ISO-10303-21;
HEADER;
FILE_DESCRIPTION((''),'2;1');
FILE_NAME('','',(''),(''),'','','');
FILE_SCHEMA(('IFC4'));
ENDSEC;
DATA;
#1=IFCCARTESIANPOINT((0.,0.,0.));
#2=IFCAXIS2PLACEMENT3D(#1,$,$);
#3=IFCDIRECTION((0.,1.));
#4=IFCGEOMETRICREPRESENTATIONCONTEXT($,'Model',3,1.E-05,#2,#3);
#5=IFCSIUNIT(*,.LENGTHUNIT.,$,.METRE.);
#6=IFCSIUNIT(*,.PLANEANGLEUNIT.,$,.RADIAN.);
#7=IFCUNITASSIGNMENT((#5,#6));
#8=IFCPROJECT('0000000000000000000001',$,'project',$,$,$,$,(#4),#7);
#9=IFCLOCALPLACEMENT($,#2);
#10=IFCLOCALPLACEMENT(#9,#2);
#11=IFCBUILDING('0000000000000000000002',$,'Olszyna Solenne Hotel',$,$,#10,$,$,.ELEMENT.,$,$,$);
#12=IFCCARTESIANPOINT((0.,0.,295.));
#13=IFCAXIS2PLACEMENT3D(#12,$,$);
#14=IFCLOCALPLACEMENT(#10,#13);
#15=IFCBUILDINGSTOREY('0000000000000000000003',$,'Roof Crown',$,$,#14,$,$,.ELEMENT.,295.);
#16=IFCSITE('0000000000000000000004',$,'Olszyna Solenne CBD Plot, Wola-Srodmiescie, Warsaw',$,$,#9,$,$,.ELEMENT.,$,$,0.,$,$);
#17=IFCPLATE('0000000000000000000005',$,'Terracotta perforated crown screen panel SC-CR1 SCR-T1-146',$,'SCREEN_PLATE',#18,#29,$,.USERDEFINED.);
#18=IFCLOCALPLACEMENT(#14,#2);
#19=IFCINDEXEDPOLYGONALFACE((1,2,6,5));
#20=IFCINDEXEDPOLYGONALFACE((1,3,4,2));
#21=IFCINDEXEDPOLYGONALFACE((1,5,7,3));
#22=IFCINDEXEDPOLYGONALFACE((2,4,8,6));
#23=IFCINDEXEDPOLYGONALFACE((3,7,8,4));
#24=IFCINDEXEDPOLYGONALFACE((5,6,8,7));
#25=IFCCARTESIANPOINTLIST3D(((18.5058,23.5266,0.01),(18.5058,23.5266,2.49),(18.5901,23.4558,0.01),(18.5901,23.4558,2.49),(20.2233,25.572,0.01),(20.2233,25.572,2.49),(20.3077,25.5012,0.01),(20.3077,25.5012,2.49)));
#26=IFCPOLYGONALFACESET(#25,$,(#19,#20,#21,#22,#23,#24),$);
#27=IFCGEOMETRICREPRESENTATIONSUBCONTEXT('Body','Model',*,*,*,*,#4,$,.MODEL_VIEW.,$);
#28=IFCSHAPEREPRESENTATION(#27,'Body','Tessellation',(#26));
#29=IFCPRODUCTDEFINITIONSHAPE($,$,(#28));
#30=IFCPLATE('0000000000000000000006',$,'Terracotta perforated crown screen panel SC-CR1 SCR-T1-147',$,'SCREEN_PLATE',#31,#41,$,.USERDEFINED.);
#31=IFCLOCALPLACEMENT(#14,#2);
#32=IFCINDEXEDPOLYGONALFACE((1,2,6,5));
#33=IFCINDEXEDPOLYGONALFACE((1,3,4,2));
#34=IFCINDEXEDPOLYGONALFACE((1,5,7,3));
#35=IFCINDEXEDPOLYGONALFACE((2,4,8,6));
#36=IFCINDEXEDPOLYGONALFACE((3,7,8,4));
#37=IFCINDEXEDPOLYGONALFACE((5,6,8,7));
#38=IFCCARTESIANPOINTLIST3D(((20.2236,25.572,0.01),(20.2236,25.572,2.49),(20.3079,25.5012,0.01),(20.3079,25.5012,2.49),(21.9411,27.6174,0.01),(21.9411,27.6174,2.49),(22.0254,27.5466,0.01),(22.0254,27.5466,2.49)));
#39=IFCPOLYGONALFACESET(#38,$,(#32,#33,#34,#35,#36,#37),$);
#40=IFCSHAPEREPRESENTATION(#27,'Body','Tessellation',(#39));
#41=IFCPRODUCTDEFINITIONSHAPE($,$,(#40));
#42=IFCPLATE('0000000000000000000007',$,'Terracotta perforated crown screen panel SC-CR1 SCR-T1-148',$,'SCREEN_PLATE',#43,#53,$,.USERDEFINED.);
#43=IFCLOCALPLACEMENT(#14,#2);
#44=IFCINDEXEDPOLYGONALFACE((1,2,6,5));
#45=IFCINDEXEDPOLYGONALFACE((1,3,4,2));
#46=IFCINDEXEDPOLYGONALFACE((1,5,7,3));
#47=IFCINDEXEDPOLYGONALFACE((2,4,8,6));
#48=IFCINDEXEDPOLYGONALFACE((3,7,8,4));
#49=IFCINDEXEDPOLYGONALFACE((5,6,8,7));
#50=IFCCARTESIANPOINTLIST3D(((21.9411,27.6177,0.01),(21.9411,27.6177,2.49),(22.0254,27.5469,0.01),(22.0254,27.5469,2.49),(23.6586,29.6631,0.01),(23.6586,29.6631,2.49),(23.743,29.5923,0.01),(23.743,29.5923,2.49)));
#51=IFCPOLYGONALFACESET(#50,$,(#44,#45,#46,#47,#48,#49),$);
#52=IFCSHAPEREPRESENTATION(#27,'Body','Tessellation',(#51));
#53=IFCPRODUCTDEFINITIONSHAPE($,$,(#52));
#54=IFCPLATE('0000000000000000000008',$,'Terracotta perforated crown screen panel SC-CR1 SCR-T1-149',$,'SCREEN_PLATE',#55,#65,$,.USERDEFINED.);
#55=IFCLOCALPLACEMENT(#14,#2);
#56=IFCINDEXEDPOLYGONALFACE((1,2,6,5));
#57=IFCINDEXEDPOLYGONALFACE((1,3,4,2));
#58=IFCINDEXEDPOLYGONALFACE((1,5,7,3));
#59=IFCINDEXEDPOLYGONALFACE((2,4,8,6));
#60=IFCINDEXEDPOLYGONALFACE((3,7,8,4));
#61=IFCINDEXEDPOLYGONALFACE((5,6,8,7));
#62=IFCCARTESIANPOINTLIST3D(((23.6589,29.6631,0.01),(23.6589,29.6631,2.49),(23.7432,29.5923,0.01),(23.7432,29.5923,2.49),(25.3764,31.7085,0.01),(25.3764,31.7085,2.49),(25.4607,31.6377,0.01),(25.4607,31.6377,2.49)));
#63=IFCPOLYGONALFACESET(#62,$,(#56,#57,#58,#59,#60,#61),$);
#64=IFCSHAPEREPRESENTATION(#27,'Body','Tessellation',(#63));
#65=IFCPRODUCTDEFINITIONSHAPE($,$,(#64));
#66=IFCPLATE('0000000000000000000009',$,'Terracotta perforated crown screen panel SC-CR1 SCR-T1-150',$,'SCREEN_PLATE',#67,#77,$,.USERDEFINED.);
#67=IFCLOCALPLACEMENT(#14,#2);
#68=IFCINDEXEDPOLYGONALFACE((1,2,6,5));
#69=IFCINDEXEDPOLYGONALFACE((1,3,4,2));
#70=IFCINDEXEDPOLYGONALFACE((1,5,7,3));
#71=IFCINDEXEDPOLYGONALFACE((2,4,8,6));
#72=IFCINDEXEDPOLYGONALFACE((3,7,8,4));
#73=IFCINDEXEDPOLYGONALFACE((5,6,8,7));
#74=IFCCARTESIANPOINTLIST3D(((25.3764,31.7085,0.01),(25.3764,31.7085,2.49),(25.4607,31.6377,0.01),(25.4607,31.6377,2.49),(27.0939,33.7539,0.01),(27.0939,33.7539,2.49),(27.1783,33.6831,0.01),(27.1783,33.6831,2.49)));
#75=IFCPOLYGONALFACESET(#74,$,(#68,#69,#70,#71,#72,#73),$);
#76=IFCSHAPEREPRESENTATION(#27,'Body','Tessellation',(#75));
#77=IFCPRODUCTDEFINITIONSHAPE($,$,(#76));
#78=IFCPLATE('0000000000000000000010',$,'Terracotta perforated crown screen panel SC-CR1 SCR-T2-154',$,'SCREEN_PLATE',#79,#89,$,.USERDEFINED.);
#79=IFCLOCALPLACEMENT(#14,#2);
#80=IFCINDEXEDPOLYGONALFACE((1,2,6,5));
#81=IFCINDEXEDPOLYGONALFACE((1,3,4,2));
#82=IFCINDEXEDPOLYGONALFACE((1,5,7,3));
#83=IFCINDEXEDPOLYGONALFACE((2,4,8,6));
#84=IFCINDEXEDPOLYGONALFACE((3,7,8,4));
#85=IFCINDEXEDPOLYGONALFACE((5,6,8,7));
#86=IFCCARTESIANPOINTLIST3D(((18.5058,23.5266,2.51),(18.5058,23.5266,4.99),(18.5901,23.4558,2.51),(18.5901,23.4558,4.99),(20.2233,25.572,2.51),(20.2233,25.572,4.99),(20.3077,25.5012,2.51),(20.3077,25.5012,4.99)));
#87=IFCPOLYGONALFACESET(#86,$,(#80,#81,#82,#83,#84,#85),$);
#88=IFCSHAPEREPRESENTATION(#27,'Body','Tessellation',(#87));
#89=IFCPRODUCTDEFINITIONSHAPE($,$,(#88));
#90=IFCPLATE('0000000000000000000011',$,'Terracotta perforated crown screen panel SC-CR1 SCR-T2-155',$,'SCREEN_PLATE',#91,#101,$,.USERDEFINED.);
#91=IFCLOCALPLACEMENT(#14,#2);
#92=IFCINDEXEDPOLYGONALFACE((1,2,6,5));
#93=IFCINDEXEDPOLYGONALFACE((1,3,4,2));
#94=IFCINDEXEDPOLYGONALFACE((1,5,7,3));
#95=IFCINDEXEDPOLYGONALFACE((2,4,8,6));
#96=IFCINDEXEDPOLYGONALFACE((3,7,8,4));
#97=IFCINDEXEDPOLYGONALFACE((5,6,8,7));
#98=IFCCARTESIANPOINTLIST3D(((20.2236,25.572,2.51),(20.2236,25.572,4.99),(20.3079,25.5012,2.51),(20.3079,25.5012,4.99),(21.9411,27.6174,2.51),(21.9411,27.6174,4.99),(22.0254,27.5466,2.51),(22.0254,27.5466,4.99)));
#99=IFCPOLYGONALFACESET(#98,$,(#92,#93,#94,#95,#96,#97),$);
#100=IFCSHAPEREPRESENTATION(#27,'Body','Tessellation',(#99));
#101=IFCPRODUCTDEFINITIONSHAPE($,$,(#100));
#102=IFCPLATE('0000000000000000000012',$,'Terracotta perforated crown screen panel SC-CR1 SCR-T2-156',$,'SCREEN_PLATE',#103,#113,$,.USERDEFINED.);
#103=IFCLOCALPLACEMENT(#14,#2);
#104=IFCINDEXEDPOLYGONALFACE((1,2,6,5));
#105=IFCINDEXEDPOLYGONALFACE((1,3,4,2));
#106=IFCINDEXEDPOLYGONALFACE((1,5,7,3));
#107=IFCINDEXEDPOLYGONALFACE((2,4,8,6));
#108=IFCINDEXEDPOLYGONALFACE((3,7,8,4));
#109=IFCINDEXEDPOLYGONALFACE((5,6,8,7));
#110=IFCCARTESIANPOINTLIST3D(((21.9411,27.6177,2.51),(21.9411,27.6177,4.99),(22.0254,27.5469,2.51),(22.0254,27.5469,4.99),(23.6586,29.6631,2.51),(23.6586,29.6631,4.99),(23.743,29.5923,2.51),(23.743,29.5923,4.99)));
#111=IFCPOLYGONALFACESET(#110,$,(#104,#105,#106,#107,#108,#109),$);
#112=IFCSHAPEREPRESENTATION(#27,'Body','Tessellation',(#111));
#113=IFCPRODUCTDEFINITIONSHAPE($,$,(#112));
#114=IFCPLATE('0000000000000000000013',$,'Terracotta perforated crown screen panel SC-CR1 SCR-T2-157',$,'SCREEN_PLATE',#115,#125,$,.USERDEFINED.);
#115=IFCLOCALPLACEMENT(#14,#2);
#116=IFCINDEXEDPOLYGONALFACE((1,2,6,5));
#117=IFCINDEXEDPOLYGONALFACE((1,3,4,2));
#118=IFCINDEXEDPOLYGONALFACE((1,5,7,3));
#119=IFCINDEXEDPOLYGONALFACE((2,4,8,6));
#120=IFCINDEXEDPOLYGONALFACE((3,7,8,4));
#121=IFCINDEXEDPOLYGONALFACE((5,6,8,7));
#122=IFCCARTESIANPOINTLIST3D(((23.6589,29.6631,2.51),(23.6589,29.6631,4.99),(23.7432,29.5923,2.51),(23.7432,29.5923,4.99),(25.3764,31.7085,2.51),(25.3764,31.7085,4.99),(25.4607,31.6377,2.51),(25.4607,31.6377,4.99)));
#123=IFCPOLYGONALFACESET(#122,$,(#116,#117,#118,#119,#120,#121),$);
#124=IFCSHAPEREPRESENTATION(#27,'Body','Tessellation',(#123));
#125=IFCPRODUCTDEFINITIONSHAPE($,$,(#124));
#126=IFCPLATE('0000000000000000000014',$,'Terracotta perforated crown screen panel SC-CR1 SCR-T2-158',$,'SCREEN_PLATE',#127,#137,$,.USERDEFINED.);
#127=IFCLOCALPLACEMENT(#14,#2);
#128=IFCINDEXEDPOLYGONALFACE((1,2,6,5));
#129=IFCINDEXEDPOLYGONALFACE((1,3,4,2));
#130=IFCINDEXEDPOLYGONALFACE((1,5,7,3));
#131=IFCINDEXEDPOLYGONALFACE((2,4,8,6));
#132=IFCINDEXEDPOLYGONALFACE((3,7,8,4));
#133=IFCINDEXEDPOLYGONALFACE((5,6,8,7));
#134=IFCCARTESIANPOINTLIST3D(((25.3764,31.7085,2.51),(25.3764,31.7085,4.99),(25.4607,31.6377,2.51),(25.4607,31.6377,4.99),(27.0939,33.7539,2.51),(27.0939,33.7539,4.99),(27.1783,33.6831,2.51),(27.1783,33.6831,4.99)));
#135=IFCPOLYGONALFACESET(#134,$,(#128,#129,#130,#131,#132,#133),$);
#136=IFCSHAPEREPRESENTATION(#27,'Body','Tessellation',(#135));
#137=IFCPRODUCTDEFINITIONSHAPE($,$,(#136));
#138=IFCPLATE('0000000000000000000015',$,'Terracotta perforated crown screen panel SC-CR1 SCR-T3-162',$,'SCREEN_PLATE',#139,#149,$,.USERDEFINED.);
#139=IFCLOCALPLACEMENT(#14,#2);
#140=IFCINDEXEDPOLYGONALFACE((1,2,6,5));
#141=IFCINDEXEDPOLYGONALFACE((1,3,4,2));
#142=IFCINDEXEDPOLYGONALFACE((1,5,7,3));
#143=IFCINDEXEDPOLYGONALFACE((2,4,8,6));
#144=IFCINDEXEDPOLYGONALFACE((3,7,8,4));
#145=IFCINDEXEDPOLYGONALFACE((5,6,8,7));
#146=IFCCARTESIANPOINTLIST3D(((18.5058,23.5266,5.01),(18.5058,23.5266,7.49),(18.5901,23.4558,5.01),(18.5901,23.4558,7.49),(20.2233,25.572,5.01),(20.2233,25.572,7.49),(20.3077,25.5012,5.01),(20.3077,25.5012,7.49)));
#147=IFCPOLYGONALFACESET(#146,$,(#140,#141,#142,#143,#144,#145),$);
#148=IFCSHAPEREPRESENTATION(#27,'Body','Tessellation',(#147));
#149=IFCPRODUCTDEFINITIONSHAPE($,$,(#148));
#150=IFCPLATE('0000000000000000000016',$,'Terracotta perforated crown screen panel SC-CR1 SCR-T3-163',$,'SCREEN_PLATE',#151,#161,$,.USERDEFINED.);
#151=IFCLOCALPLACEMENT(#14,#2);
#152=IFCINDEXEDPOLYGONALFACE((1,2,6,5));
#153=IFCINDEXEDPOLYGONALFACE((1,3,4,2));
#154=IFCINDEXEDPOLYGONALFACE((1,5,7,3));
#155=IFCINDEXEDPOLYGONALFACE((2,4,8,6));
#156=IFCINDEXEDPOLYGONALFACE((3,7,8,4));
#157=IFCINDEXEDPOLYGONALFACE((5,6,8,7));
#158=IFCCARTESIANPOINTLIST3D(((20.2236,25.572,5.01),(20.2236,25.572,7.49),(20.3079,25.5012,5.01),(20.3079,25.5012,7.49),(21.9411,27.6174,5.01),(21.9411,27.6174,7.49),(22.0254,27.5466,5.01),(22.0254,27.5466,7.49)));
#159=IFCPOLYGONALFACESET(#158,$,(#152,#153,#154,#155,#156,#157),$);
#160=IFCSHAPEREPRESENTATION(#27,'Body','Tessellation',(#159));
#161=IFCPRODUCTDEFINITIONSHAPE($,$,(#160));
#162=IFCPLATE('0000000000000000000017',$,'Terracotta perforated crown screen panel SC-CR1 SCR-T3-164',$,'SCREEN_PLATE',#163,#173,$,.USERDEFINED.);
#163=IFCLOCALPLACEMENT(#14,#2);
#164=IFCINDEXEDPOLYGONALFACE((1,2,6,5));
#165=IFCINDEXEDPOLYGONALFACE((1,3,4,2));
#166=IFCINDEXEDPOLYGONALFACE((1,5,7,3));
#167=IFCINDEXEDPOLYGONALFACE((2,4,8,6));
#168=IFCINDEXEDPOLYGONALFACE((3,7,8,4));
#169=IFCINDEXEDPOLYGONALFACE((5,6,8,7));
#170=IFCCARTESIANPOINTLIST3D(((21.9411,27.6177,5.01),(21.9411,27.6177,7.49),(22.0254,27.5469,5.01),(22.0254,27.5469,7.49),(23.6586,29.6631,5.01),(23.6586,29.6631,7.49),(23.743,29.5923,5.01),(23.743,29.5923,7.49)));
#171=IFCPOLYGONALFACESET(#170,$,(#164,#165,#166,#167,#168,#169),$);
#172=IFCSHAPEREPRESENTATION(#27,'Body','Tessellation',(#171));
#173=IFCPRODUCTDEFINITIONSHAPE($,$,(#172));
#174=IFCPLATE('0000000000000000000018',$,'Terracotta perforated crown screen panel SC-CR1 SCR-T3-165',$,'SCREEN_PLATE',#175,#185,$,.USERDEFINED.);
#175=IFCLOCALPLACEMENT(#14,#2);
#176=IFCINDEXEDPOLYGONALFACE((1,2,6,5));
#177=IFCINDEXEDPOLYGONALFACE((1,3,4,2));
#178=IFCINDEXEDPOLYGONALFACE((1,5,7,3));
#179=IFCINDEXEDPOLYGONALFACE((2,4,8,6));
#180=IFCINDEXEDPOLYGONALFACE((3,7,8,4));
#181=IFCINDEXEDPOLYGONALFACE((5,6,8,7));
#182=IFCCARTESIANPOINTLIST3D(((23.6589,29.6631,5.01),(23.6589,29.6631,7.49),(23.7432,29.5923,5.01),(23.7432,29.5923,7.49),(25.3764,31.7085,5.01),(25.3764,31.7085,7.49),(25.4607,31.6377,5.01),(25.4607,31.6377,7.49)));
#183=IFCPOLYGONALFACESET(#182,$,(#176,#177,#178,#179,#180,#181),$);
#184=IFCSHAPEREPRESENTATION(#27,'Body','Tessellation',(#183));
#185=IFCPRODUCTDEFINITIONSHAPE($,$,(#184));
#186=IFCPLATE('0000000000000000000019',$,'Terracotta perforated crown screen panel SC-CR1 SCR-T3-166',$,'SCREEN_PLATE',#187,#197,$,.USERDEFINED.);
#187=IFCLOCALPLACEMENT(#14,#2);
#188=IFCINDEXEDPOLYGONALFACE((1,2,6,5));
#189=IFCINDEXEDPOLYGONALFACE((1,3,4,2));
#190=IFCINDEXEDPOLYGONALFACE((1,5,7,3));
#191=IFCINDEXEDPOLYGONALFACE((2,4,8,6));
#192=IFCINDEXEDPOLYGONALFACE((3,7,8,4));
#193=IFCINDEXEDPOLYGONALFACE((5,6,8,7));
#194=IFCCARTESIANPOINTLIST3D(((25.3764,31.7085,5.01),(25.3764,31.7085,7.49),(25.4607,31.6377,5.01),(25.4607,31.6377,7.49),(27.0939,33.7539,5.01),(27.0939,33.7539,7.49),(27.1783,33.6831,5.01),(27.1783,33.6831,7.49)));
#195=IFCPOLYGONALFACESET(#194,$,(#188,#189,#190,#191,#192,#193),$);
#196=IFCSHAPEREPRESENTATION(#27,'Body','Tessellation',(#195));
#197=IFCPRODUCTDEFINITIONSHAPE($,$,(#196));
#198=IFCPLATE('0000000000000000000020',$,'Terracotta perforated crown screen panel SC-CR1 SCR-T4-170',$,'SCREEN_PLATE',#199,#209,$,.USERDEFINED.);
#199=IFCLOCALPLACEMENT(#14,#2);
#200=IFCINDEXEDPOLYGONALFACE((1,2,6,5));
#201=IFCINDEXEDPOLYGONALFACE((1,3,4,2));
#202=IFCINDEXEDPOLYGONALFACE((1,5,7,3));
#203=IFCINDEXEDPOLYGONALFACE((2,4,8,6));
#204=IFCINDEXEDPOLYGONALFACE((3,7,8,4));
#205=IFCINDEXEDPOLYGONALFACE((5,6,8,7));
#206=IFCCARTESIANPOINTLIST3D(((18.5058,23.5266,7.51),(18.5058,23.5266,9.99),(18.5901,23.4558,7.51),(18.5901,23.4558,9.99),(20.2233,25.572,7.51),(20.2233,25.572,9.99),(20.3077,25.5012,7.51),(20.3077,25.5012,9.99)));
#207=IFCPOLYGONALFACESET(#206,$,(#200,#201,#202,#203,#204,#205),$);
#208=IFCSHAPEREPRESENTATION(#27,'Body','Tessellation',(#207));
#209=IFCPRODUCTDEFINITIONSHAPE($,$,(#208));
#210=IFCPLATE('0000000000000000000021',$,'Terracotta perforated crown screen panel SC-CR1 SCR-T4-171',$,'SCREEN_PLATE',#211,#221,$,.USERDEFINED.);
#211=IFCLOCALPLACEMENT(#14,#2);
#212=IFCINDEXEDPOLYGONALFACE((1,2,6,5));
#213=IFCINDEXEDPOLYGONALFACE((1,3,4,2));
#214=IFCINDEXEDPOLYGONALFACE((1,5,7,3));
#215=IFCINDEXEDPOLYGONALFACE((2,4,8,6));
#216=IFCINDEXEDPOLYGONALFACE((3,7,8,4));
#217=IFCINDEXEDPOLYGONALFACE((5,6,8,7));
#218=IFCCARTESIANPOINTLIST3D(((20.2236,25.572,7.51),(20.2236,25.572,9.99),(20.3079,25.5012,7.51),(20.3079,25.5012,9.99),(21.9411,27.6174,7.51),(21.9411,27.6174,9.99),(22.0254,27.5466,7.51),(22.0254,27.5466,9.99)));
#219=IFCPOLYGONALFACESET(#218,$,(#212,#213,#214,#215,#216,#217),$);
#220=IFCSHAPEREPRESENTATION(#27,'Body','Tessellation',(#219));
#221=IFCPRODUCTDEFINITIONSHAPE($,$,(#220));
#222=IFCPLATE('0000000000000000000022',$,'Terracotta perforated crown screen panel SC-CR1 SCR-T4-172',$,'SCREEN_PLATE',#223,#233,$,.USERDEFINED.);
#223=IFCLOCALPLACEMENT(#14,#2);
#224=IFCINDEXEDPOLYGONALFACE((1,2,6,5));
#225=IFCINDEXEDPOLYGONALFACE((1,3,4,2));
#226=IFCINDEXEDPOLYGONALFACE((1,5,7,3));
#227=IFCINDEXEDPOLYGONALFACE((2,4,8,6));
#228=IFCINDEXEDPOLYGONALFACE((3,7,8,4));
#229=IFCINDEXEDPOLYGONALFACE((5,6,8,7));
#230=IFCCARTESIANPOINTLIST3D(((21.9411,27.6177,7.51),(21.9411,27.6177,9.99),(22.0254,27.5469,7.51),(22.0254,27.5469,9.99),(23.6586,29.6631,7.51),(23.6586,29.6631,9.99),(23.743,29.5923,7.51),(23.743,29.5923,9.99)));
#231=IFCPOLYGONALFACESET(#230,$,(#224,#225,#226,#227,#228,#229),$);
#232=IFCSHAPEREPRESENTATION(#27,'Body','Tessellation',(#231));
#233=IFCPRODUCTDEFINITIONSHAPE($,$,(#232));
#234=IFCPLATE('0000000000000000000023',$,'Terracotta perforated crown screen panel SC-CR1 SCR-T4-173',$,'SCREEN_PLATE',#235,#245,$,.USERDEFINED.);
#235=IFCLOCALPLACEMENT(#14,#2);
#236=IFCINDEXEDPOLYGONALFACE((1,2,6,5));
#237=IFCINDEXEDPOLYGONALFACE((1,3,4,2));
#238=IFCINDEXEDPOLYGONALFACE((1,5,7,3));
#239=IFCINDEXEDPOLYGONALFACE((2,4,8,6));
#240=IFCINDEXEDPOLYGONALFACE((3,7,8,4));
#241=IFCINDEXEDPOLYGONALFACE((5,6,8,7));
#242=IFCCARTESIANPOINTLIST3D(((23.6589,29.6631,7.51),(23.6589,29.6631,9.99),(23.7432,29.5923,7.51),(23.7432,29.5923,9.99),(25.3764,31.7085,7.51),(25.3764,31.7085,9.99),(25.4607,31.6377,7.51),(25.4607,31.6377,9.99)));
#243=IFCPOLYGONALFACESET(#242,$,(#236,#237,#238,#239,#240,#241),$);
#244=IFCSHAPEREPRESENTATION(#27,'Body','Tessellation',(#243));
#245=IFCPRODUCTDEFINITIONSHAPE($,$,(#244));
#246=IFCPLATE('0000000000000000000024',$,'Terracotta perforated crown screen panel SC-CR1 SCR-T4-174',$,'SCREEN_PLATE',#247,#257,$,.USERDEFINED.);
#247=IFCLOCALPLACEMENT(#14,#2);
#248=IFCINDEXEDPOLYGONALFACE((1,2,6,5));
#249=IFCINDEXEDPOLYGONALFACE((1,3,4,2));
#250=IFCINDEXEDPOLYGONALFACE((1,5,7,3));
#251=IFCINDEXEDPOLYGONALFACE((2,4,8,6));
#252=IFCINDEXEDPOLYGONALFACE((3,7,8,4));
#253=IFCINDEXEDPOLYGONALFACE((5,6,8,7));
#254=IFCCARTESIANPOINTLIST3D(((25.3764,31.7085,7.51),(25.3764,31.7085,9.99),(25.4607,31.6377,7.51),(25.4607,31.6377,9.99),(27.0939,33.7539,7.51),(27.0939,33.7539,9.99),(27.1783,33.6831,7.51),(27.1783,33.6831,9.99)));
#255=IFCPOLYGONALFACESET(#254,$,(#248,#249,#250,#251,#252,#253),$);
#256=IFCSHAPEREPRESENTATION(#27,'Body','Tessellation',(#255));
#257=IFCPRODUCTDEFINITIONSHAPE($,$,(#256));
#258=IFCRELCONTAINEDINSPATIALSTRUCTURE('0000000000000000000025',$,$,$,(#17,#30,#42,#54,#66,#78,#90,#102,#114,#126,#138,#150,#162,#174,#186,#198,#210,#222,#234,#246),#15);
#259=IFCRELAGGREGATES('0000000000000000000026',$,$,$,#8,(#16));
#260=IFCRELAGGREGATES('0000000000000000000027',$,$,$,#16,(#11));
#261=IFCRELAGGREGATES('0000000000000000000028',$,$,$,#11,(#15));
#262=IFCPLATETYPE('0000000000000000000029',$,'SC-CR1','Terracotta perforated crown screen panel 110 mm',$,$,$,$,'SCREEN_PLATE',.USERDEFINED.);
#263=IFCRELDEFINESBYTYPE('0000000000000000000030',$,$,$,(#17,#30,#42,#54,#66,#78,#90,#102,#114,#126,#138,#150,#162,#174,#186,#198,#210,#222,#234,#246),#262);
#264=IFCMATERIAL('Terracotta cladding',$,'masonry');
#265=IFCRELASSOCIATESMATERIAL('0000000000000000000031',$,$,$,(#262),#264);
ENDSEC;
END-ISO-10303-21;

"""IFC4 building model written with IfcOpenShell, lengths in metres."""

from ifc_helpers import new_model, si_unit, direction, frame, origin, origin_2d, place, context, subcontext, project, spatial, rectangle, extrude, source, transform, mapped, material, type_object, element, save


model = new_model("IFC4")

# Units and contexts
model_context = context("Model", 3, precision=1e-05, world=origin(), true_north=direction((0.0, 1.0)))
body_context = subcontext(model_context, "Body", "Model", "MODEL_VIEW")
ifc_project = project(units=[si_unit("LENGTHUNIT", "METRE"), si_unit("PLANEANGLEUNIT", "RADIAN")], contexts=[model_context])

# Site, building, storey
site_placement = place(None, origin())
site = spatial("IfcSite", under=ifc_project, at=site_placement, Name="Olszyna Solenne CBD Plot, Wola-Srodmiescie, Warsaw", CompositionType="ELEMENT", RefElevation=0.0)
building_placement = place(site_placement, origin())
building = spatial("IfcBuilding", under=site, at=building_placement, Name="Olszyna Solenne Hotel", CompositionType="ELEMENT")
storey_placement = place(building_placement, frame((0.0, 0.0, 295.0)))
storey = spatial("IfcBuildingStorey", under=building, at=storey_placement, Name="Roof Crown", CompositionType="ELEMENT", Elevation=295.0)

# Plates
ifc_material = material(Name="Terracotta cladding", Category="masonry")
plate_type = type_object("IfcPlateType", Name="SC-CR1", Description="Terracotta perforated crown screen panel 110 mm", ElementType="SCREEN_PLATE", PredefinedType="USERDEFINED", material=ifc_material)
shared_shape_1 = source(origin(), body_context, "Body", "SweptSolid", [
    extrude(rectangle(XDim=2.6709, YDim=0.1101, at=origin_2d()), origin(), (0.0, 0.0, 1.0), 2.48),
])
for number, where, z_axis, x_axis, name in (
    (1, (19.4067, 24.5139, 0.01), (0.0, 0.0, 1.0), (0.643055, 0.76582, 0.0), "Terracotta perforated crown screen panel SC-CR1 SCR-T1-146"),
    (2, (21.1245, 26.5593, 0.01), (0.0, 0.0, 1.0), (0.643055, 0.76582, 0.0), "Terracotta perforated crown screen panel SC-CR1 SCR-T1-147"),
    (3, (22.842, 28.605, 0.01), (0.0, 0.0, 1.0), (0.643055, 0.76582, 0.0), "Terracotta perforated crown screen panel SC-CR1 SCR-T1-148"),
    (4, (24.5598, 30.6504, 0.01), (0.0, 0.0, 1.0), (0.643055, 0.76582, 0.0), "Terracotta perforated crown screen panel SC-CR1 SCR-T1-149"),
    (5, (26.2773, 32.6958, 0.01), (0.0, 0.0, 1.0), (0.643055, 0.76582, 0.0), "Terracotta perforated crown screen panel SC-CR1 SCR-T1-150"),
    (6, (19.4067, 24.5139, 2.51), (0.0, 0.0, 1.0), (0.643055, 0.76582, 0.0), "Terracotta perforated crown screen panel SC-CR1 SCR-T2-154"),
    (7, (21.1245, 26.5593, 2.51), (0.0, 0.0, 1.0), (0.643055, 0.76582, 0.0), "Terracotta perforated crown screen panel SC-CR1 SCR-T2-155"),
    (8, (22.842, 28.605, 2.51), (0.0, 0.0, 1.0), (0.643055, 0.76582, 0.0), "Terracotta perforated crown screen panel SC-CR1 SCR-T2-156"),
    (9, (24.5598, 30.6504, 2.51), (0.0, 0.0, 1.0), (0.643055, 0.76582, 0.0), "Terracotta perforated crown screen panel SC-CR1 SCR-T2-157"),
    (10, (26.2773, 32.6958, 2.51), (0.0, 0.0, 1.0), (0.643055, 0.76582, 0.0), "Terracotta perforated crown screen panel SC-CR1 SCR-T2-158"),
    (11, (19.4067, 24.5139, 5.01), (0.0, 0.0, 1.0), (0.643055, 0.76582, 0.0), "Terracotta perforated crown screen panel SC-CR1 SCR-T3-162"),
    (12, (21.1245, 26.5593, 5.01), (0.0, 0.0, 1.0), (0.643055, 0.76582, 0.0), "Terracotta perforated crown screen panel SC-CR1 SCR-T3-163"),
    (13, (22.842, 28.605, 5.01), (0.0, 0.0, 1.0), (0.643055, 0.76582, 0.0), "Terracotta perforated crown screen panel SC-CR1 SCR-T3-164"),
    (14, (24.5598, 30.6504, 5.01), (0.0, 0.0, 1.0), (0.643055, 0.76582, 0.0), "Terracotta perforated crown screen panel SC-CR1 SCR-T3-165"),
    (15, (26.2773, 32.6958, 5.01), (0.0, 0.0, 1.0), (0.643055, 0.76582, 0.0), "Terracotta perforated crown screen panel SC-CR1 SCR-T3-166"),
    (16, (19.4067, 24.5139, 7.51), (0.0, 0.0, 1.0), (0.643055, 0.76582, 0.0), "Terracotta perforated crown screen panel SC-CR1 SCR-T4-170"),
    (17, (21.1245, 26.5593, 7.51), (0.0, 0.0, 1.0), (0.643055, 0.76582, 0.0), "Terracotta perforated crown screen panel SC-CR1 SCR-T4-171"),
    (18, (22.842, 28.605, 7.51), (0.0, 0.0, 1.0), (0.643055, 0.76582, 0.0), "Terracotta perforated crown screen panel SC-CR1 SCR-T4-172"),
    (19, (24.5598, 30.6504, 7.51), (0.0, 0.0, 1.0), (0.643055, 0.76582, 0.0), "Terracotta perforated crown screen panel SC-CR1 SCR-T4-173"),
    (20, (26.2773, 32.6958, 7.51), (0.0, 0.0, 1.0), (0.643055, 0.76582, 0.0), "Terracotta perforated crown screen panel SC-CR1 SCR-T4-174"),
):
    element("IfcPlate", number, at=place(storey_placement, frame(where, z_axis=z_axis, x_axis=x_axis)), inside=storey, type_object=plate_type, Name=name, ObjectType="SCREEN_PLATE", PredefinedType="USERDEFINED", context=body_context, shape_type="MappedRepresentation", body=[
        mapped(shared_shape_1, transform((0.0, 0.0, 0.0), x_axis=(1.0, 0.0, 0.0), y_axis=(0.0, 1.0, 0.0), z_axis=(0.0, 0.0, 1.0), scale=1.0)),
    ])

save(model, "model.ifc")
